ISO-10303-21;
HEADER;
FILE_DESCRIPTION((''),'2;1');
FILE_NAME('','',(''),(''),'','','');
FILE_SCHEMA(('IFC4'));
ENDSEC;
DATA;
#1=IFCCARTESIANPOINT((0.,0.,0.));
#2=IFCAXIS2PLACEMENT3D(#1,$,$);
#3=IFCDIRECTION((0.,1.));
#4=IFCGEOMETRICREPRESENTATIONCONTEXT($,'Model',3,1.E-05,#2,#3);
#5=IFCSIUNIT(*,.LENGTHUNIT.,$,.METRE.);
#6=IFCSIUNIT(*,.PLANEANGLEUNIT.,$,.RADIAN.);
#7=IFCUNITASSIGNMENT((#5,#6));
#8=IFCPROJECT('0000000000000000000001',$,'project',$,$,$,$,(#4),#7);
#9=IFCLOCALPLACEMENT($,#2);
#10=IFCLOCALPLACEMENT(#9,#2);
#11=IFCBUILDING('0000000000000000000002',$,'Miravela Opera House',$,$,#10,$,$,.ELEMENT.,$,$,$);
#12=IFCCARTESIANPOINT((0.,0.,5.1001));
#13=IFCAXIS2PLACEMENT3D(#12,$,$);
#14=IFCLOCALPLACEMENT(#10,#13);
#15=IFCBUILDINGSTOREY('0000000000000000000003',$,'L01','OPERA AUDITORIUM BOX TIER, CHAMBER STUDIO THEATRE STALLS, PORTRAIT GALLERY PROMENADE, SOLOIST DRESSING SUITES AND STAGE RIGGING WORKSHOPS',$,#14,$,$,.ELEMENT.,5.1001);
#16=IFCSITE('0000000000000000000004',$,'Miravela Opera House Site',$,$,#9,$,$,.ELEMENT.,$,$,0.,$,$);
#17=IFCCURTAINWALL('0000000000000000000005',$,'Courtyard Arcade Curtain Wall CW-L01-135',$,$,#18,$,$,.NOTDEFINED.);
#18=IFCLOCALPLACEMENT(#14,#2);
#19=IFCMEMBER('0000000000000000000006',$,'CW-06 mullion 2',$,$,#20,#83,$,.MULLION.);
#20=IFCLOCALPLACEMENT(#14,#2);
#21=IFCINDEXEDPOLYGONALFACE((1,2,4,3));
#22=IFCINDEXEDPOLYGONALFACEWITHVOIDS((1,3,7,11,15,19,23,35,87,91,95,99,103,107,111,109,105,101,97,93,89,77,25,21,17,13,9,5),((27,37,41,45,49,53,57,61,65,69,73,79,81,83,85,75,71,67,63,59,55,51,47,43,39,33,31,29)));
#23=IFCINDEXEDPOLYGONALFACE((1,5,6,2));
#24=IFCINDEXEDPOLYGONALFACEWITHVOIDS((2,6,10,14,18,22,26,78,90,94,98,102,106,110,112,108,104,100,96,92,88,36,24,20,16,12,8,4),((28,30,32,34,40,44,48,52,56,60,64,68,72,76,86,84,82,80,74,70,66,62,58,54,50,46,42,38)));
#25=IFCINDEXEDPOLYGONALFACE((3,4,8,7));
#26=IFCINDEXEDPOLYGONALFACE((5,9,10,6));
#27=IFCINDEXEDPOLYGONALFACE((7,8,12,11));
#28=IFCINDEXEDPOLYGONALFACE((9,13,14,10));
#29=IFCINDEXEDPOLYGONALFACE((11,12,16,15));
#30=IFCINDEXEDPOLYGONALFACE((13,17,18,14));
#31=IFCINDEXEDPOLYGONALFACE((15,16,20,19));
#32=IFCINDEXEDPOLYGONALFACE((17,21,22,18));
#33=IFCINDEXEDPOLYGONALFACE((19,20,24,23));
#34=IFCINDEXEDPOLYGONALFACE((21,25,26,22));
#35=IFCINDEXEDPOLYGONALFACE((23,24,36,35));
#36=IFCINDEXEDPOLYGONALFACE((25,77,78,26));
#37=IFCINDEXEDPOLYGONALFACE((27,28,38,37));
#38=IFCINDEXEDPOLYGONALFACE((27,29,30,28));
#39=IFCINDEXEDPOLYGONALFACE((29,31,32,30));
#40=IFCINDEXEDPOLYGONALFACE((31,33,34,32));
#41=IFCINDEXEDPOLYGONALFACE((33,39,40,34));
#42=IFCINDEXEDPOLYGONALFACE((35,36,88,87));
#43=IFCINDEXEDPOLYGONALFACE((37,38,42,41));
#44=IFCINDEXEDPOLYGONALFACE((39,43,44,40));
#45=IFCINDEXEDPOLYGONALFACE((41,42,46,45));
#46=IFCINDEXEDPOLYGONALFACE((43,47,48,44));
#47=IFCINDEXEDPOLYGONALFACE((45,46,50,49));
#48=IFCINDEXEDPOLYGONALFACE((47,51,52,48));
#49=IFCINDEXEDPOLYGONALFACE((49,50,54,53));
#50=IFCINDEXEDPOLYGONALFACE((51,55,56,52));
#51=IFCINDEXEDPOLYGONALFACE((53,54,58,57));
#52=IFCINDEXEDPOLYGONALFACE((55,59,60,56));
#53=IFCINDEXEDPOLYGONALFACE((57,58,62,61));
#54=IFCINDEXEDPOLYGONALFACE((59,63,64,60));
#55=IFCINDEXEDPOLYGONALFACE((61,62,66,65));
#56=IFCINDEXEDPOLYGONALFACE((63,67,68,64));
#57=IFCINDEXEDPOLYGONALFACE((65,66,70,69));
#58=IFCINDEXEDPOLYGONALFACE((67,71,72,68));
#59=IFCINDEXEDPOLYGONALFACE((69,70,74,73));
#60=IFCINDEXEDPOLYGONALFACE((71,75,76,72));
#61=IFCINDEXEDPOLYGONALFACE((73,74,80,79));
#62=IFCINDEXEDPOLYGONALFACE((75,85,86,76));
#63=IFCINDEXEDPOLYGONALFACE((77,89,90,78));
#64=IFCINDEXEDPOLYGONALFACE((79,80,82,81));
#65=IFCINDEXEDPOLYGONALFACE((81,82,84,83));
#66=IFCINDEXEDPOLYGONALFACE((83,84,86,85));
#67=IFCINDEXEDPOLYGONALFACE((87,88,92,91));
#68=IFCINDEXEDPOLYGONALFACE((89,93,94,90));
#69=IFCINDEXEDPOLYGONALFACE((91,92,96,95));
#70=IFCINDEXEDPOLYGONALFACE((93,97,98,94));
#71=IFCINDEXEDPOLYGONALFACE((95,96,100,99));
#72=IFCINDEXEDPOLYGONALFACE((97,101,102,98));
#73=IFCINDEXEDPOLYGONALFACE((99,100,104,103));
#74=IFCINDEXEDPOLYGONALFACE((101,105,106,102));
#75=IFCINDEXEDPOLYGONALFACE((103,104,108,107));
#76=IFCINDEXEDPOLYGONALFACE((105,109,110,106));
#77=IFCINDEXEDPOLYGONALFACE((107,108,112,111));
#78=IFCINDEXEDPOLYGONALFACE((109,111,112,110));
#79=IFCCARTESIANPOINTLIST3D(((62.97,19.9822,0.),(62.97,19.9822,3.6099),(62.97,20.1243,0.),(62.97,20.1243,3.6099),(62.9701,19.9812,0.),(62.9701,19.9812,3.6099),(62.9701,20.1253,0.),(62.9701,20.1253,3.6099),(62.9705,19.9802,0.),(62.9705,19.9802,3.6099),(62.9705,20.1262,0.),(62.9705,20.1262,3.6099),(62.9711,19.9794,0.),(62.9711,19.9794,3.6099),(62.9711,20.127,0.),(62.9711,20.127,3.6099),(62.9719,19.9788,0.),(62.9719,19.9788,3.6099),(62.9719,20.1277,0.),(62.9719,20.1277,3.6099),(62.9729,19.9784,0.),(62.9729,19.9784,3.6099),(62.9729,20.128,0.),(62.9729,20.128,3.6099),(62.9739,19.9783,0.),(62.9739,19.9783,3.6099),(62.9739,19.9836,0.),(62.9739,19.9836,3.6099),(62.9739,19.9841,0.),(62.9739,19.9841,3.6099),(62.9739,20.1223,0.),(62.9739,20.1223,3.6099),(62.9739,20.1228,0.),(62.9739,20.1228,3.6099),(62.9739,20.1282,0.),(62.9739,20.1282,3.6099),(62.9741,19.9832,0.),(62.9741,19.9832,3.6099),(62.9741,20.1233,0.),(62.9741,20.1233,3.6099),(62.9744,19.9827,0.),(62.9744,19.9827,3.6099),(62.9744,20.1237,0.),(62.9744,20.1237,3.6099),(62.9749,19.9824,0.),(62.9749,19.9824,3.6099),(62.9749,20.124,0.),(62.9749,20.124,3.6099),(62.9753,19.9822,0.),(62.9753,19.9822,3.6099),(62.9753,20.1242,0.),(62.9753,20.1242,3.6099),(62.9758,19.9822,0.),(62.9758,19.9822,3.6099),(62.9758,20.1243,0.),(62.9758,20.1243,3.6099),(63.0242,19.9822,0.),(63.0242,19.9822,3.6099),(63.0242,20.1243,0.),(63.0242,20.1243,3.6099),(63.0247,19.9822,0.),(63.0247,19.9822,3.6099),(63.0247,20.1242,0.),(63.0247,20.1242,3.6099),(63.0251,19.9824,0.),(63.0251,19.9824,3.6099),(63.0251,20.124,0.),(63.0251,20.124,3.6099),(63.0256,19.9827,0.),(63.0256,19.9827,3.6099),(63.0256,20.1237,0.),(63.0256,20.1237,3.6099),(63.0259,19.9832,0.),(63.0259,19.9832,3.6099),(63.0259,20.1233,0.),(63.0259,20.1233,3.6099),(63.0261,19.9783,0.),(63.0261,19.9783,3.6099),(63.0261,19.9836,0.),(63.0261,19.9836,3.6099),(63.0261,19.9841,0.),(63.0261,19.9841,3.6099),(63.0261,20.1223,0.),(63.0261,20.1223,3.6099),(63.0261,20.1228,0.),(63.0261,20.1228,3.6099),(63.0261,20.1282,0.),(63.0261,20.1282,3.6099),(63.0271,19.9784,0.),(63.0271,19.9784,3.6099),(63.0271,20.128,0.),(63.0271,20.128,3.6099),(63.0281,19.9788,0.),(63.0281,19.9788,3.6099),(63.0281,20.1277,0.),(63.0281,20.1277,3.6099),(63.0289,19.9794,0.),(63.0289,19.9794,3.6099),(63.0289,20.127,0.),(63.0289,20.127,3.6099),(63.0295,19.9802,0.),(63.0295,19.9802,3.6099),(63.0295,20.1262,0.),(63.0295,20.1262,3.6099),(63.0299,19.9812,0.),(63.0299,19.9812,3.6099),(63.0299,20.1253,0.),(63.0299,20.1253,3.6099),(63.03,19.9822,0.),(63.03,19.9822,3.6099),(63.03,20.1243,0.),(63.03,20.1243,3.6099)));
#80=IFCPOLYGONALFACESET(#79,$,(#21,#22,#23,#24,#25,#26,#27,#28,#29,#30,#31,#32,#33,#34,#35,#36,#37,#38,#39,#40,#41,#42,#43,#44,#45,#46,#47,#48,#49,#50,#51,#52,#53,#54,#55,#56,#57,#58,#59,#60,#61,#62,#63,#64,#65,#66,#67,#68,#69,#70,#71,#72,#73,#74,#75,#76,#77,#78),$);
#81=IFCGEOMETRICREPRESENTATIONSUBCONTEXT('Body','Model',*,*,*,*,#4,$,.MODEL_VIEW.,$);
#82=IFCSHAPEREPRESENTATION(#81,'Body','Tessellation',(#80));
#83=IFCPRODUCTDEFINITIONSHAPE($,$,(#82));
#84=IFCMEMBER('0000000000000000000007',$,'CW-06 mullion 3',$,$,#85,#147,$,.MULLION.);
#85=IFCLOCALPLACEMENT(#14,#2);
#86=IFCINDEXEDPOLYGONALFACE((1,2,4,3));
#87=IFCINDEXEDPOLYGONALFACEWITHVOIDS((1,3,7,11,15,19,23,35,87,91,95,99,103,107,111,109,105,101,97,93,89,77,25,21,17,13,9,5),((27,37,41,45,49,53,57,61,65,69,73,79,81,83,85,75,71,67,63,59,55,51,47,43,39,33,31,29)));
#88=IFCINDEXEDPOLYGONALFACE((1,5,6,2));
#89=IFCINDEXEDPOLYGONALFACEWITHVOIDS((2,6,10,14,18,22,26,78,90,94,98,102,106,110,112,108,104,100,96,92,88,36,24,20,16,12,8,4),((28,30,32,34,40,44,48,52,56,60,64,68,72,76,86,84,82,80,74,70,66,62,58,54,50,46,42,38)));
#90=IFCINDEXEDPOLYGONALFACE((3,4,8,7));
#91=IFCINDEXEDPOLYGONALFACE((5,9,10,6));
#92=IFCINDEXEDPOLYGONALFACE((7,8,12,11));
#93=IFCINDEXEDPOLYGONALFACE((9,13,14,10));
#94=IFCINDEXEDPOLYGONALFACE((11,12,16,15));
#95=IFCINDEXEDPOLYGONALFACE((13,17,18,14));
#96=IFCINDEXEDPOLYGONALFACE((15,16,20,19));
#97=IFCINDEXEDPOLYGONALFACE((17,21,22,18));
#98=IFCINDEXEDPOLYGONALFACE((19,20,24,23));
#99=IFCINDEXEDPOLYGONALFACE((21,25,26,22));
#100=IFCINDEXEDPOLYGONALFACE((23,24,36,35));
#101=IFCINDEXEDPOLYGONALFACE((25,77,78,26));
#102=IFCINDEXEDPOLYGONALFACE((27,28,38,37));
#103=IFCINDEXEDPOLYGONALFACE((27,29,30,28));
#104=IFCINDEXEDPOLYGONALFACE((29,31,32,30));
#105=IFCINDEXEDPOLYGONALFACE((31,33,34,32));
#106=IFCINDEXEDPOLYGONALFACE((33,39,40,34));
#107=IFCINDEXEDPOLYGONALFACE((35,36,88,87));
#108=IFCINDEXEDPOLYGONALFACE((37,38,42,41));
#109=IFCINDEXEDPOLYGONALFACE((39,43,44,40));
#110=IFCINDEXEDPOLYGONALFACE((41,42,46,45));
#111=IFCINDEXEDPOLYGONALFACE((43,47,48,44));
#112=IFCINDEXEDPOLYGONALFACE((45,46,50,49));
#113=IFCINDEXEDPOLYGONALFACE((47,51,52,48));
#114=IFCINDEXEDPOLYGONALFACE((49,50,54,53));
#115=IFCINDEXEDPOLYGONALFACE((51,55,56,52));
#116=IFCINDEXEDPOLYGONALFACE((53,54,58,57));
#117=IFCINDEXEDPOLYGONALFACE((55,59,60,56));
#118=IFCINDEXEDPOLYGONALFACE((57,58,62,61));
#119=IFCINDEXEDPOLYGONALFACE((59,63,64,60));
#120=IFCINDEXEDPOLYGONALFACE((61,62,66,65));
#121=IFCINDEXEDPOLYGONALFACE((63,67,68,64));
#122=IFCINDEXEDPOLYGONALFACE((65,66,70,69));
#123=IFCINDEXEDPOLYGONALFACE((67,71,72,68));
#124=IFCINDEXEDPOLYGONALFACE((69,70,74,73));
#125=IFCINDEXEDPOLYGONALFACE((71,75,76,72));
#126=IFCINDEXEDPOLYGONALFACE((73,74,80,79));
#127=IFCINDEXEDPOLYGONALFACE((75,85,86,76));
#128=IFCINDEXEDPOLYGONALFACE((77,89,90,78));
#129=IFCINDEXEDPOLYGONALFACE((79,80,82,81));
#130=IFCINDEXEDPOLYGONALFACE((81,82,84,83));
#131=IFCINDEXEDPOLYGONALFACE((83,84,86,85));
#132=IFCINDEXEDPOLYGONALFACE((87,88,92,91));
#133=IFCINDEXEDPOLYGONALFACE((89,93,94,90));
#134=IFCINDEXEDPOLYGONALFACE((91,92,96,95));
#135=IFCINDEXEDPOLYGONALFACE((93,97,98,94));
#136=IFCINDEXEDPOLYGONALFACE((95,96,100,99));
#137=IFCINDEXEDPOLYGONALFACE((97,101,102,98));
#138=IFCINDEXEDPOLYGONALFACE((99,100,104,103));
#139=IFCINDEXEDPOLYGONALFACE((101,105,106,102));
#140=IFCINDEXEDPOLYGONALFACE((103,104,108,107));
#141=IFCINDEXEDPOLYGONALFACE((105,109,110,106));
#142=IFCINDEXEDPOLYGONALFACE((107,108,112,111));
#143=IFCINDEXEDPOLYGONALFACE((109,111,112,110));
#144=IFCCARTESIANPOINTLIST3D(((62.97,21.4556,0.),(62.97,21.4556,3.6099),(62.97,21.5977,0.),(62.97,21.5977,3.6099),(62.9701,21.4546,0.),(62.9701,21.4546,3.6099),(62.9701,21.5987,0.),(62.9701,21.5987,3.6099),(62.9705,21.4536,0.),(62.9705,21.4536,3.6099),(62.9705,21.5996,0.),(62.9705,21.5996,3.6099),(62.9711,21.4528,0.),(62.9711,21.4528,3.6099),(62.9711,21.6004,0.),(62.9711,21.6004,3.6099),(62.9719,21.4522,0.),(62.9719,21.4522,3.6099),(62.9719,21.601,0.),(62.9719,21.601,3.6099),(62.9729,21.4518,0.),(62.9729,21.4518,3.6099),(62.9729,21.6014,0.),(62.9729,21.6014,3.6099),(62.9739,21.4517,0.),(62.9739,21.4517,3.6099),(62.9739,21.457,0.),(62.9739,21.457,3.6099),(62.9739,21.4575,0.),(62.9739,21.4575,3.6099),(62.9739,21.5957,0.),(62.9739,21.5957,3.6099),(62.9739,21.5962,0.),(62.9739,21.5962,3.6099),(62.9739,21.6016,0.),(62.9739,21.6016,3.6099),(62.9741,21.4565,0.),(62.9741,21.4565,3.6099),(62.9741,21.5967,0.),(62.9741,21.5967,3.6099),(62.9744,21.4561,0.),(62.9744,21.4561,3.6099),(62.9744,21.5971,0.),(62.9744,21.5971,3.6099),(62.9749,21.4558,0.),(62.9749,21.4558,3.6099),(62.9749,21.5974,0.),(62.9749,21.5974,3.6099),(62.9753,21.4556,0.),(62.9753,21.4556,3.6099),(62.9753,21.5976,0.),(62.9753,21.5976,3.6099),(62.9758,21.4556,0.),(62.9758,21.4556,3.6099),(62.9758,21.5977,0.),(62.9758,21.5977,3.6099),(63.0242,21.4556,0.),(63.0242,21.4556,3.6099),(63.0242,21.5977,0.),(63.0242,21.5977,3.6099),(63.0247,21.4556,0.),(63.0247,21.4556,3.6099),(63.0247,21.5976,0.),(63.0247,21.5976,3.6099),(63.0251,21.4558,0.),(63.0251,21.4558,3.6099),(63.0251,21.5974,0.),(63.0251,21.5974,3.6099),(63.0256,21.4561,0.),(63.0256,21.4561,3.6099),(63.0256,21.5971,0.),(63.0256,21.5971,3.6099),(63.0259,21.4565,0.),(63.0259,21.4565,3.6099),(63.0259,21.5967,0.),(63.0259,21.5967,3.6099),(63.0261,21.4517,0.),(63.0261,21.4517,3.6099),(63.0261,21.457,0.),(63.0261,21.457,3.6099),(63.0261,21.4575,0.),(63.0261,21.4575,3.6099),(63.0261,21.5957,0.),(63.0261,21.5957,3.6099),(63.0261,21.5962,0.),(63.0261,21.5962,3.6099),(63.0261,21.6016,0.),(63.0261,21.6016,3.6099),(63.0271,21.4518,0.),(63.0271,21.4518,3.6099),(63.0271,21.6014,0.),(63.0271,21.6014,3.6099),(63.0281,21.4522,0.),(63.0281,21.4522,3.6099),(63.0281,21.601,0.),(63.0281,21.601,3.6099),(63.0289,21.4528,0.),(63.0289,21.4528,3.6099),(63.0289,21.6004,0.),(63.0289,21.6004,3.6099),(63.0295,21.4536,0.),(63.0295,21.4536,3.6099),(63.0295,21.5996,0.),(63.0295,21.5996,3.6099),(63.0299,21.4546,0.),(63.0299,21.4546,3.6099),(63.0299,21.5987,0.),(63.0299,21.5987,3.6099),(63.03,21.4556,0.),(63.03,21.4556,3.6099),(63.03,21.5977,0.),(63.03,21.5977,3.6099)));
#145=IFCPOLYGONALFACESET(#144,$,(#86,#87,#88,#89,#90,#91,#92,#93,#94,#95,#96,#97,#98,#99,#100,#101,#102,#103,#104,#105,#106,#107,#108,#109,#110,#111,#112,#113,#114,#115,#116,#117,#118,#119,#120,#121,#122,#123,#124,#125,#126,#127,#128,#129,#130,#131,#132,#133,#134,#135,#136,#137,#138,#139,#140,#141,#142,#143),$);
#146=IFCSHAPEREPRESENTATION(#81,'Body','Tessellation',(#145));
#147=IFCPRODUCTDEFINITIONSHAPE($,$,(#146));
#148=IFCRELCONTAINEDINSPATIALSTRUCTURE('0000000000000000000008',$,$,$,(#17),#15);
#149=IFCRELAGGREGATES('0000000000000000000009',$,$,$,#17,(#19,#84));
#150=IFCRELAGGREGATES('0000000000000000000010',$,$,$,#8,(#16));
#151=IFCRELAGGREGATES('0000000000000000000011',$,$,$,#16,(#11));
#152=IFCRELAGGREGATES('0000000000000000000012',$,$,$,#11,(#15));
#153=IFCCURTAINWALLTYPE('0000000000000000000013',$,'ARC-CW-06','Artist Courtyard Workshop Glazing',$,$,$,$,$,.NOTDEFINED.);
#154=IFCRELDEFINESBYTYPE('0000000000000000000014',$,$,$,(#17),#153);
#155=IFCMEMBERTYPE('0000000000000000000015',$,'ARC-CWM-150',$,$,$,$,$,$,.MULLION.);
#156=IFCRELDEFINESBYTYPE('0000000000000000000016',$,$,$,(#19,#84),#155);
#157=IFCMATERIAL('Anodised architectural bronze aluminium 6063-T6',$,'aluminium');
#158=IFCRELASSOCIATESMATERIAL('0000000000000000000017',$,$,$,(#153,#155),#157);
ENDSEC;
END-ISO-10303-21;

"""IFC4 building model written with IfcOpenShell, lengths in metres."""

from ifc_helpers import new_model, si_unit, direction, frame, origin, origin_2d, place, context, subcontext, project, spatial, hollow_rectangle, extrude, material, material_profile, profile_set, type_object, element, aggregate, save


model = new_model("IFC4")

# Units and contexts
model_context = context("Model", 3, precision=1e-05, world=origin(), true_north=direction((0.0, 1.0)))
body_context = subcontext(model_context, "Body", "Model", "MODEL_VIEW")
ifc_project = project(units=[si_unit("LENGTHUNIT", "METRE"), si_unit("PLANEANGLEUNIT", "RADIAN")], contexts=[model_context])

# Site, building, storey
site_placement = place(None, origin())
site = spatial("IfcSite", under=ifc_project, at=site_placement, Name="Miravela Opera House Site", CompositionType="ELEMENT", RefElevation=0.0)
building_placement = place(site_placement, origin())
building = spatial("IfcBuilding", under=site, at=building_placement, Name="Miravela Opera House", CompositionType="ELEMENT")
storey_placement = place(building_placement, frame((0.0, 0.0, 5.1001)))
storey = spatial("IfcBuildingStorey", under=building, at=storey_placement, Name="L01", Description="OPERA AUDITORIUM BOX TIER, CHAMBER STUDIO THEATRE STALLS, PORTRAIT GALLERY PROMENADE, SOLOIST DRESSING SUITES AND STAGE RIGGING WORKSHOPS", CompositionType="ELEMENT", Elevation=5.1001)

# Shared definitions
ifc_material_1 = material(Name="Anodised architectural bronze aluminium 6063-T6", Category="aluminium")
curtain_wall_type = type_object("IfcCurtainWallType", Name="ARC-CW-06", Description="Artist Courtyard Workshop Glazing", PredefinedType="NOTDEFINED", material=ifc_material_1)
ifc_material_profile_1 = material_profile(ifc_material_1, hollow_rectangle(XDim=0.0601, YDim=0.1499, WallThickness=0.0039, InnerFilletRadius=0.002, OuterFilletRadius=0.0039, at=origin_2d()), Name="CWM-60X150")
ifc_profile_set_1 = profile_set([ifc_material_profile_1])
member_type_1 = type_object("IfcMemberType", Name="ARC-CWM-150", PredefinedType="MULLION", material=ifc_profile_set_1)

# Curtain wall, members
curtain_wall_1_placement = place(storey_placement, origin())
curtain_wall_1 = element("IfcCurtainWall", 1, at=curtain_wall_1_placement, inside=storey, type_object=curtain_wall_type, Name="Courtyard Arcade Curtain Wall CW-L01-135", PredefinedType="NOTDEFINED")
member_1_placement = place(storey_placement, frame((63.0, 20.0532, 0.0), z_axis=(0.0, 0.0, 1.0), x_axis=(-1.0, 0.0, 0.0)))
member_1 = element("IfcMember", 2, at=member_1_placement, type_object=member_type_1, Name="CW-06 mullion 2", PredefinedType="MULLION", context=body_context, shape_type="SweptSolid", body=[
    extrude(hollow_rectangle(XDim=0.0601, YDim=0.1499, WallThickness=0.0039, InnerFilletRadius=0.002, OuterFilletRadius=0.0039, at=origin_2d()), origin(), (0.0, 0.0, 1.0), 3.6099),
])
member_2_placement = place(storey_placement, frame((63.0, 21.5266, 0.0), z_axis=(0.0, 0.0, 1.0), x_axis=(-1.0, 0.0, 0.0)))
member_2 = element("IfcMember", 3, at=member_2_placement, type_object=member_type_1, Name="CW-06 mullion 3", PredefinedType="MULLION", context=body_context, shape_type="SweptSolid", body=[
    extrude(hollow_rectangle(XDim=0.0601, YDim=0.1499, WallThickness=0.0039, InnerFilletRadius=0.002, OuterFilletRadius=0.0039, at=origin_2d()), origin(), (0.0, 0.0, 1.0), 3.6099),
])

aggregate(curtain_wall_1, [member_1, member_2])

save(model, "model.ifc")
